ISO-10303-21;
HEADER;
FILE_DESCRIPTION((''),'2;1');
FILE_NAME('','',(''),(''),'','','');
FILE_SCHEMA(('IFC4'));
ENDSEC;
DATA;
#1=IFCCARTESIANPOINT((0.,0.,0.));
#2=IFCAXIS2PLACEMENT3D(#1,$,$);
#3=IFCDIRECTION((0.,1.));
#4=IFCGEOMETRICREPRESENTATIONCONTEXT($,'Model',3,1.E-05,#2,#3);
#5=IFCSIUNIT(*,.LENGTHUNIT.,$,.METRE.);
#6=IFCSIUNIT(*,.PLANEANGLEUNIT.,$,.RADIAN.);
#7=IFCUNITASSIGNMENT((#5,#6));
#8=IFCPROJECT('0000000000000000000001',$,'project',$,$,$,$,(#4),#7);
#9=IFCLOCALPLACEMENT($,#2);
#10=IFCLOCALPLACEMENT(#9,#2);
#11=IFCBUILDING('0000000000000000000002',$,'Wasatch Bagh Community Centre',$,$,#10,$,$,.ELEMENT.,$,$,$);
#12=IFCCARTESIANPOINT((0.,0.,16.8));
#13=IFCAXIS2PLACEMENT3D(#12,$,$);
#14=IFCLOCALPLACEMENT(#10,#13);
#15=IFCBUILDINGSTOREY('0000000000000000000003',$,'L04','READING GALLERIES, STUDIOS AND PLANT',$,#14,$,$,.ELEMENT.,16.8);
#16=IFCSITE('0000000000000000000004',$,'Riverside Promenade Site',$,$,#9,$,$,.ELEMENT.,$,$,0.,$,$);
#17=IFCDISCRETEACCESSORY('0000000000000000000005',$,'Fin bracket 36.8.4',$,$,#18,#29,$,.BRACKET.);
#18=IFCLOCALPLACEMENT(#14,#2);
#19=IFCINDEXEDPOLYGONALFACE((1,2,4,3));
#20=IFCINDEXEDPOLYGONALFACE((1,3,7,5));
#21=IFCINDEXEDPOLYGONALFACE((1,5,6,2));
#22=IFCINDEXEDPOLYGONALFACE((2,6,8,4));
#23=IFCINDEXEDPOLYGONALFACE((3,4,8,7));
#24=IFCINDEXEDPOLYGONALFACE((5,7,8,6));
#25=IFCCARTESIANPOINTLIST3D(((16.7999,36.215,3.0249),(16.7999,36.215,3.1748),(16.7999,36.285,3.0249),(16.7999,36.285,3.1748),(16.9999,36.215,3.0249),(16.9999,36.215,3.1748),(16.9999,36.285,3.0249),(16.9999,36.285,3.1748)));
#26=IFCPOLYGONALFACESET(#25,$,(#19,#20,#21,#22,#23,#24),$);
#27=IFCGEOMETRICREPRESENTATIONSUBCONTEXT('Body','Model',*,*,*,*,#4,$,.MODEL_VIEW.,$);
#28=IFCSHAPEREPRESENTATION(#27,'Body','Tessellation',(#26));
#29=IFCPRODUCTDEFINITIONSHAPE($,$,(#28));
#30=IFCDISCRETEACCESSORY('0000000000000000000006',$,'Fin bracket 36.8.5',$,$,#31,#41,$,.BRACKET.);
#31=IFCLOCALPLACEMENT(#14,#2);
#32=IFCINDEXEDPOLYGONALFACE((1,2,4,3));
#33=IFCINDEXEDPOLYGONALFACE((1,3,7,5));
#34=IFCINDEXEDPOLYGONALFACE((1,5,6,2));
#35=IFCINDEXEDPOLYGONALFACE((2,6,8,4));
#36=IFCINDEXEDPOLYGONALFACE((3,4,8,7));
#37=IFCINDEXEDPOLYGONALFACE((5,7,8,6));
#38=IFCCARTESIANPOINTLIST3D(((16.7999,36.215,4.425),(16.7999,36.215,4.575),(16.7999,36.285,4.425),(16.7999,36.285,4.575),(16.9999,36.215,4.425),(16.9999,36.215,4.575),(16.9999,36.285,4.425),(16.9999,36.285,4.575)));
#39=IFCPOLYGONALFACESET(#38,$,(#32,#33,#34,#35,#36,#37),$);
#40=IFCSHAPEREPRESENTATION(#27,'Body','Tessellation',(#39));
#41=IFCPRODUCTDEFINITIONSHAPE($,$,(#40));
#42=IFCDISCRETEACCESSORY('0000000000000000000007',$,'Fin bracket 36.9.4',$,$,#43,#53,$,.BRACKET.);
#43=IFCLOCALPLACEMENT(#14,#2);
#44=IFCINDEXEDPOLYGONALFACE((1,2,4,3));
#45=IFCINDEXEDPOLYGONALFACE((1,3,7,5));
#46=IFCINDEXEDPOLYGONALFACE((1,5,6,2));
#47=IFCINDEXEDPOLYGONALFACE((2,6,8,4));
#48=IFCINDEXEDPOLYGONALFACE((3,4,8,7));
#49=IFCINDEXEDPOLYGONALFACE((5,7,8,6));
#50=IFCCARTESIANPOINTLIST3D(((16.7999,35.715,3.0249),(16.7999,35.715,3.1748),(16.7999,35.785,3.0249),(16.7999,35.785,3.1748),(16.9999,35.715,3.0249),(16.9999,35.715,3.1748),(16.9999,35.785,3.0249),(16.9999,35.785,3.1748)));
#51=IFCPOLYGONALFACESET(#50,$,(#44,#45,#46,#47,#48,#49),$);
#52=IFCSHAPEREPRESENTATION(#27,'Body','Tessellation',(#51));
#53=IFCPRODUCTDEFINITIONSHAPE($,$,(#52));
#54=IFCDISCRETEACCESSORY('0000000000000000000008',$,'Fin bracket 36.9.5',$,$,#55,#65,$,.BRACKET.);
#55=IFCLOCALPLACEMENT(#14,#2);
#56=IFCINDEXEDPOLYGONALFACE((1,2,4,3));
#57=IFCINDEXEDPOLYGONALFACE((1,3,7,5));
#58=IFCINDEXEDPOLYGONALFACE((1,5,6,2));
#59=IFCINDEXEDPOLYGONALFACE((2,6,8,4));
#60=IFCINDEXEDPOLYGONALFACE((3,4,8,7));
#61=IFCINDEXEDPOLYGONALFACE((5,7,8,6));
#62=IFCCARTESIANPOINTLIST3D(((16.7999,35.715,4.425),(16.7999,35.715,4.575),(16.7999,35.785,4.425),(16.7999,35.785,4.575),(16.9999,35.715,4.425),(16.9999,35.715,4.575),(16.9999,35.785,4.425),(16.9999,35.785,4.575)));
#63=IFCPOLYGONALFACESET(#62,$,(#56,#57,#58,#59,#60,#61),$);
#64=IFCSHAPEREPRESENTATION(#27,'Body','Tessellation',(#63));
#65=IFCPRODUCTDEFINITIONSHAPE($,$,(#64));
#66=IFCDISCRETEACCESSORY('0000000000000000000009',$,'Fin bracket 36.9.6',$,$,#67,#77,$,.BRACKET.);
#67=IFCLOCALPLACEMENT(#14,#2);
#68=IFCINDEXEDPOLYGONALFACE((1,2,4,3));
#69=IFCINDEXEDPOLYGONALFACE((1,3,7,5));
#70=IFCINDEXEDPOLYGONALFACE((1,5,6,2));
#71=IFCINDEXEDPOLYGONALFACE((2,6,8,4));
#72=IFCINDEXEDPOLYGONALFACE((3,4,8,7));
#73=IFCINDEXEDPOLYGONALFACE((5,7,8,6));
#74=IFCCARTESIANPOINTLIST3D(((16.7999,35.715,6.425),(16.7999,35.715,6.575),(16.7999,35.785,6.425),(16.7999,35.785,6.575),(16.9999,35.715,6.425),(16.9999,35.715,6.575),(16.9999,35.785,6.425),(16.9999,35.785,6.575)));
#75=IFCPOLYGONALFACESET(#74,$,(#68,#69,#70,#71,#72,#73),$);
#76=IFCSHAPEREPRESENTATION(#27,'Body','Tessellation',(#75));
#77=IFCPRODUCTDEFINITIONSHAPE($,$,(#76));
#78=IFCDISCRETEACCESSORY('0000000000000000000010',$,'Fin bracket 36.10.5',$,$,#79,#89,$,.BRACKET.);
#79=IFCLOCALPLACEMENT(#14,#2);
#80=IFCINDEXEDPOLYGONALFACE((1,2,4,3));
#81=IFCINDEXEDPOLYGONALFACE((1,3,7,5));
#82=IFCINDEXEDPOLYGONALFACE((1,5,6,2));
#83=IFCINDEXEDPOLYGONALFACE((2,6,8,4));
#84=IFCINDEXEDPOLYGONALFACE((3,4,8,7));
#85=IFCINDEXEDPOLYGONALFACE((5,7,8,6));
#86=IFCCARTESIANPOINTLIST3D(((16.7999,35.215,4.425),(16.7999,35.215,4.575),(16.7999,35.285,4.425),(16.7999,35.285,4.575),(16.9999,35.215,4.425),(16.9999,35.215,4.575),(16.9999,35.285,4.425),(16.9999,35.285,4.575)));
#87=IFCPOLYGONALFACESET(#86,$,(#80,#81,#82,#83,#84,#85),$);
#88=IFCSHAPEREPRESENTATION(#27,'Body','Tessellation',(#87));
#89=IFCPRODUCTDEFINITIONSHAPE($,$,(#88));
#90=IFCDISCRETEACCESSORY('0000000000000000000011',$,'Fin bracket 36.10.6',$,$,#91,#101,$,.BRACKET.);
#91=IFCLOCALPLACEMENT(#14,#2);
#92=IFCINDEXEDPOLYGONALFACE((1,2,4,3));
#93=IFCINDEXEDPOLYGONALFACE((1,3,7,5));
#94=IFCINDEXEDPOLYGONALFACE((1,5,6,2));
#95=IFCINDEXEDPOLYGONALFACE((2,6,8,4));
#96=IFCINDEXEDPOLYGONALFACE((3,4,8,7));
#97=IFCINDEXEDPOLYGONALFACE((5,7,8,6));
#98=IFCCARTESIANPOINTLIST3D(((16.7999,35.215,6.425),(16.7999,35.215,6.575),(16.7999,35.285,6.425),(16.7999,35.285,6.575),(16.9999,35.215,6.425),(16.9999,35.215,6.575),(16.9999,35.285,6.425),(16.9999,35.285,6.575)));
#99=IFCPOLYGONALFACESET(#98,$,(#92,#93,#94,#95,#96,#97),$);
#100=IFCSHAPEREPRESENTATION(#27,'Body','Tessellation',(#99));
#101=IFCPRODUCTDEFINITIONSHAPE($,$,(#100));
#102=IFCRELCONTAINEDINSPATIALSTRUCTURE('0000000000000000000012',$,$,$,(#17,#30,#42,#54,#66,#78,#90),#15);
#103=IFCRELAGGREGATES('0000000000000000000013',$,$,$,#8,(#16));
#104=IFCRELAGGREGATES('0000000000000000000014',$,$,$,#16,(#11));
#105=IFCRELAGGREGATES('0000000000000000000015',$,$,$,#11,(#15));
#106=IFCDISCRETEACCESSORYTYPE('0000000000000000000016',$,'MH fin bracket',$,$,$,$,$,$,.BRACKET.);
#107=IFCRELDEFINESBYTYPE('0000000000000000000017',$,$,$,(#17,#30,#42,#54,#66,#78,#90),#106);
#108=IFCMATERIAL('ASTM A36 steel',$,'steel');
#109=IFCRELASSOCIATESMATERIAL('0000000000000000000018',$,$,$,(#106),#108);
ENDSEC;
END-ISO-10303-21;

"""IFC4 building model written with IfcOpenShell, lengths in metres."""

from ifc_helpers import new_model, si_unit, direction, frame, origin, origin_2d, place, context, subcontext, project, spatial, rectangle, extrude, material, type_object, element, save


model = new_model("IFC4")

# Units and contexts
model_context = context("Model", 3, precision=1e-05, world=origin(), true_north=direction((0.0, 1.0)))
body_context = subcontext(model_context, "Body", "Model", "MODEL_VIEW")
ifc_project = project(units=[si_unit("LENGTHUNIT", "METRE"), si_unit("PLANEANGLEUNIT", "RADIAN")], contexts=[model_context])

# Site, building, storey
site_placement = place(None, origin())
site = spatial("IfcSite", under=ifc_project, at=site_placement, Name="Riverside Promenade Site", CompositionType="ELEMENT", RefElevation=0.0)
building_placement = place(site_placement, origin())
building = spatial("IfcBuilding", under=site, at=building_placement, Name="Wasatch Bagh Community Centre", CompositionType="ELEMENT")
storey_placement = place(building_placement, frame((0.0, 0.0, 16.8)))
storey = spatial("IfcBuildingStorey", under=building, at=storey_placement, Name="L04", Description="READING GALLERIES, STUDIOS AND PLANT", CompositionType="ELEMENT", Elevation=16.8)

# Discrete accessories
ifc_material_1 = material(Name="ASTM A36 steel", Category="steel")
discrete_accessory_type = type_object("IfcDiscreteAccessoryType", Name="MH fin bracket", PredefinedType="BRACKET", material=ifc_material_1)
for number, where, z_axis, x_axis, name in (
    (1, (16.8999, 36.25, 3.0249), (0.0, 0.0, 1.0), (0.0, -1.0, 0.0), "Fin bracket 36.8.4"),
    (2, (16.8999, 36.25, 4.425), (0.0, 0.0, 1.0), (0.0, -1.0, 0.0), "Fin bracket 36.8.5"),
    (3, (16.8999, 35.75, 3.0249), (0.0, 0.0, 1.0), (0.0, -1.0, 0.0), "Fin bracket 36.9.4"),
    (4, (16.8999, 35.75, 4.425), (0.0, 0.0, 1.0), (0.0, -1.0, 0.0), "Fin bracket 36.9.5"),
    (5, (16.8999, 35.75, 6.425), (0.0, 0.0, 1.0), (0.0, -1.0, 0.0), "Fin bracket 36.9.6"),
    (6, (16.8999, 35.25, 4.425), (0.0, 0.0, 1.0), (0.0, -1.0, 0.0), "Fin bracket 36.10.5"),
    (7, (16.8999, 35.25, 6.425), (0.0, 0.0, 1.0), (0.0, -1.0, 0.0), "Fin bracket 36.10.6"),
):
    element("IfcDiscreteAccessory", number, at=place(storey_placement, frame(where, z_axis=z_axis, x_axis=x_axis)), inside=storey, type_object=discrete_accessory_type, Name=name, PredefinedType="BRACKET", context=body_context, shape_type="SweptSolid", body=[
        extrude(rectangle(XDim=0.0701, YDim=0.2, at=origin_2d()), origin(), (0.0, 0.0, 1.0), 0.1499),
    ])

save(model, "model.ifc")
